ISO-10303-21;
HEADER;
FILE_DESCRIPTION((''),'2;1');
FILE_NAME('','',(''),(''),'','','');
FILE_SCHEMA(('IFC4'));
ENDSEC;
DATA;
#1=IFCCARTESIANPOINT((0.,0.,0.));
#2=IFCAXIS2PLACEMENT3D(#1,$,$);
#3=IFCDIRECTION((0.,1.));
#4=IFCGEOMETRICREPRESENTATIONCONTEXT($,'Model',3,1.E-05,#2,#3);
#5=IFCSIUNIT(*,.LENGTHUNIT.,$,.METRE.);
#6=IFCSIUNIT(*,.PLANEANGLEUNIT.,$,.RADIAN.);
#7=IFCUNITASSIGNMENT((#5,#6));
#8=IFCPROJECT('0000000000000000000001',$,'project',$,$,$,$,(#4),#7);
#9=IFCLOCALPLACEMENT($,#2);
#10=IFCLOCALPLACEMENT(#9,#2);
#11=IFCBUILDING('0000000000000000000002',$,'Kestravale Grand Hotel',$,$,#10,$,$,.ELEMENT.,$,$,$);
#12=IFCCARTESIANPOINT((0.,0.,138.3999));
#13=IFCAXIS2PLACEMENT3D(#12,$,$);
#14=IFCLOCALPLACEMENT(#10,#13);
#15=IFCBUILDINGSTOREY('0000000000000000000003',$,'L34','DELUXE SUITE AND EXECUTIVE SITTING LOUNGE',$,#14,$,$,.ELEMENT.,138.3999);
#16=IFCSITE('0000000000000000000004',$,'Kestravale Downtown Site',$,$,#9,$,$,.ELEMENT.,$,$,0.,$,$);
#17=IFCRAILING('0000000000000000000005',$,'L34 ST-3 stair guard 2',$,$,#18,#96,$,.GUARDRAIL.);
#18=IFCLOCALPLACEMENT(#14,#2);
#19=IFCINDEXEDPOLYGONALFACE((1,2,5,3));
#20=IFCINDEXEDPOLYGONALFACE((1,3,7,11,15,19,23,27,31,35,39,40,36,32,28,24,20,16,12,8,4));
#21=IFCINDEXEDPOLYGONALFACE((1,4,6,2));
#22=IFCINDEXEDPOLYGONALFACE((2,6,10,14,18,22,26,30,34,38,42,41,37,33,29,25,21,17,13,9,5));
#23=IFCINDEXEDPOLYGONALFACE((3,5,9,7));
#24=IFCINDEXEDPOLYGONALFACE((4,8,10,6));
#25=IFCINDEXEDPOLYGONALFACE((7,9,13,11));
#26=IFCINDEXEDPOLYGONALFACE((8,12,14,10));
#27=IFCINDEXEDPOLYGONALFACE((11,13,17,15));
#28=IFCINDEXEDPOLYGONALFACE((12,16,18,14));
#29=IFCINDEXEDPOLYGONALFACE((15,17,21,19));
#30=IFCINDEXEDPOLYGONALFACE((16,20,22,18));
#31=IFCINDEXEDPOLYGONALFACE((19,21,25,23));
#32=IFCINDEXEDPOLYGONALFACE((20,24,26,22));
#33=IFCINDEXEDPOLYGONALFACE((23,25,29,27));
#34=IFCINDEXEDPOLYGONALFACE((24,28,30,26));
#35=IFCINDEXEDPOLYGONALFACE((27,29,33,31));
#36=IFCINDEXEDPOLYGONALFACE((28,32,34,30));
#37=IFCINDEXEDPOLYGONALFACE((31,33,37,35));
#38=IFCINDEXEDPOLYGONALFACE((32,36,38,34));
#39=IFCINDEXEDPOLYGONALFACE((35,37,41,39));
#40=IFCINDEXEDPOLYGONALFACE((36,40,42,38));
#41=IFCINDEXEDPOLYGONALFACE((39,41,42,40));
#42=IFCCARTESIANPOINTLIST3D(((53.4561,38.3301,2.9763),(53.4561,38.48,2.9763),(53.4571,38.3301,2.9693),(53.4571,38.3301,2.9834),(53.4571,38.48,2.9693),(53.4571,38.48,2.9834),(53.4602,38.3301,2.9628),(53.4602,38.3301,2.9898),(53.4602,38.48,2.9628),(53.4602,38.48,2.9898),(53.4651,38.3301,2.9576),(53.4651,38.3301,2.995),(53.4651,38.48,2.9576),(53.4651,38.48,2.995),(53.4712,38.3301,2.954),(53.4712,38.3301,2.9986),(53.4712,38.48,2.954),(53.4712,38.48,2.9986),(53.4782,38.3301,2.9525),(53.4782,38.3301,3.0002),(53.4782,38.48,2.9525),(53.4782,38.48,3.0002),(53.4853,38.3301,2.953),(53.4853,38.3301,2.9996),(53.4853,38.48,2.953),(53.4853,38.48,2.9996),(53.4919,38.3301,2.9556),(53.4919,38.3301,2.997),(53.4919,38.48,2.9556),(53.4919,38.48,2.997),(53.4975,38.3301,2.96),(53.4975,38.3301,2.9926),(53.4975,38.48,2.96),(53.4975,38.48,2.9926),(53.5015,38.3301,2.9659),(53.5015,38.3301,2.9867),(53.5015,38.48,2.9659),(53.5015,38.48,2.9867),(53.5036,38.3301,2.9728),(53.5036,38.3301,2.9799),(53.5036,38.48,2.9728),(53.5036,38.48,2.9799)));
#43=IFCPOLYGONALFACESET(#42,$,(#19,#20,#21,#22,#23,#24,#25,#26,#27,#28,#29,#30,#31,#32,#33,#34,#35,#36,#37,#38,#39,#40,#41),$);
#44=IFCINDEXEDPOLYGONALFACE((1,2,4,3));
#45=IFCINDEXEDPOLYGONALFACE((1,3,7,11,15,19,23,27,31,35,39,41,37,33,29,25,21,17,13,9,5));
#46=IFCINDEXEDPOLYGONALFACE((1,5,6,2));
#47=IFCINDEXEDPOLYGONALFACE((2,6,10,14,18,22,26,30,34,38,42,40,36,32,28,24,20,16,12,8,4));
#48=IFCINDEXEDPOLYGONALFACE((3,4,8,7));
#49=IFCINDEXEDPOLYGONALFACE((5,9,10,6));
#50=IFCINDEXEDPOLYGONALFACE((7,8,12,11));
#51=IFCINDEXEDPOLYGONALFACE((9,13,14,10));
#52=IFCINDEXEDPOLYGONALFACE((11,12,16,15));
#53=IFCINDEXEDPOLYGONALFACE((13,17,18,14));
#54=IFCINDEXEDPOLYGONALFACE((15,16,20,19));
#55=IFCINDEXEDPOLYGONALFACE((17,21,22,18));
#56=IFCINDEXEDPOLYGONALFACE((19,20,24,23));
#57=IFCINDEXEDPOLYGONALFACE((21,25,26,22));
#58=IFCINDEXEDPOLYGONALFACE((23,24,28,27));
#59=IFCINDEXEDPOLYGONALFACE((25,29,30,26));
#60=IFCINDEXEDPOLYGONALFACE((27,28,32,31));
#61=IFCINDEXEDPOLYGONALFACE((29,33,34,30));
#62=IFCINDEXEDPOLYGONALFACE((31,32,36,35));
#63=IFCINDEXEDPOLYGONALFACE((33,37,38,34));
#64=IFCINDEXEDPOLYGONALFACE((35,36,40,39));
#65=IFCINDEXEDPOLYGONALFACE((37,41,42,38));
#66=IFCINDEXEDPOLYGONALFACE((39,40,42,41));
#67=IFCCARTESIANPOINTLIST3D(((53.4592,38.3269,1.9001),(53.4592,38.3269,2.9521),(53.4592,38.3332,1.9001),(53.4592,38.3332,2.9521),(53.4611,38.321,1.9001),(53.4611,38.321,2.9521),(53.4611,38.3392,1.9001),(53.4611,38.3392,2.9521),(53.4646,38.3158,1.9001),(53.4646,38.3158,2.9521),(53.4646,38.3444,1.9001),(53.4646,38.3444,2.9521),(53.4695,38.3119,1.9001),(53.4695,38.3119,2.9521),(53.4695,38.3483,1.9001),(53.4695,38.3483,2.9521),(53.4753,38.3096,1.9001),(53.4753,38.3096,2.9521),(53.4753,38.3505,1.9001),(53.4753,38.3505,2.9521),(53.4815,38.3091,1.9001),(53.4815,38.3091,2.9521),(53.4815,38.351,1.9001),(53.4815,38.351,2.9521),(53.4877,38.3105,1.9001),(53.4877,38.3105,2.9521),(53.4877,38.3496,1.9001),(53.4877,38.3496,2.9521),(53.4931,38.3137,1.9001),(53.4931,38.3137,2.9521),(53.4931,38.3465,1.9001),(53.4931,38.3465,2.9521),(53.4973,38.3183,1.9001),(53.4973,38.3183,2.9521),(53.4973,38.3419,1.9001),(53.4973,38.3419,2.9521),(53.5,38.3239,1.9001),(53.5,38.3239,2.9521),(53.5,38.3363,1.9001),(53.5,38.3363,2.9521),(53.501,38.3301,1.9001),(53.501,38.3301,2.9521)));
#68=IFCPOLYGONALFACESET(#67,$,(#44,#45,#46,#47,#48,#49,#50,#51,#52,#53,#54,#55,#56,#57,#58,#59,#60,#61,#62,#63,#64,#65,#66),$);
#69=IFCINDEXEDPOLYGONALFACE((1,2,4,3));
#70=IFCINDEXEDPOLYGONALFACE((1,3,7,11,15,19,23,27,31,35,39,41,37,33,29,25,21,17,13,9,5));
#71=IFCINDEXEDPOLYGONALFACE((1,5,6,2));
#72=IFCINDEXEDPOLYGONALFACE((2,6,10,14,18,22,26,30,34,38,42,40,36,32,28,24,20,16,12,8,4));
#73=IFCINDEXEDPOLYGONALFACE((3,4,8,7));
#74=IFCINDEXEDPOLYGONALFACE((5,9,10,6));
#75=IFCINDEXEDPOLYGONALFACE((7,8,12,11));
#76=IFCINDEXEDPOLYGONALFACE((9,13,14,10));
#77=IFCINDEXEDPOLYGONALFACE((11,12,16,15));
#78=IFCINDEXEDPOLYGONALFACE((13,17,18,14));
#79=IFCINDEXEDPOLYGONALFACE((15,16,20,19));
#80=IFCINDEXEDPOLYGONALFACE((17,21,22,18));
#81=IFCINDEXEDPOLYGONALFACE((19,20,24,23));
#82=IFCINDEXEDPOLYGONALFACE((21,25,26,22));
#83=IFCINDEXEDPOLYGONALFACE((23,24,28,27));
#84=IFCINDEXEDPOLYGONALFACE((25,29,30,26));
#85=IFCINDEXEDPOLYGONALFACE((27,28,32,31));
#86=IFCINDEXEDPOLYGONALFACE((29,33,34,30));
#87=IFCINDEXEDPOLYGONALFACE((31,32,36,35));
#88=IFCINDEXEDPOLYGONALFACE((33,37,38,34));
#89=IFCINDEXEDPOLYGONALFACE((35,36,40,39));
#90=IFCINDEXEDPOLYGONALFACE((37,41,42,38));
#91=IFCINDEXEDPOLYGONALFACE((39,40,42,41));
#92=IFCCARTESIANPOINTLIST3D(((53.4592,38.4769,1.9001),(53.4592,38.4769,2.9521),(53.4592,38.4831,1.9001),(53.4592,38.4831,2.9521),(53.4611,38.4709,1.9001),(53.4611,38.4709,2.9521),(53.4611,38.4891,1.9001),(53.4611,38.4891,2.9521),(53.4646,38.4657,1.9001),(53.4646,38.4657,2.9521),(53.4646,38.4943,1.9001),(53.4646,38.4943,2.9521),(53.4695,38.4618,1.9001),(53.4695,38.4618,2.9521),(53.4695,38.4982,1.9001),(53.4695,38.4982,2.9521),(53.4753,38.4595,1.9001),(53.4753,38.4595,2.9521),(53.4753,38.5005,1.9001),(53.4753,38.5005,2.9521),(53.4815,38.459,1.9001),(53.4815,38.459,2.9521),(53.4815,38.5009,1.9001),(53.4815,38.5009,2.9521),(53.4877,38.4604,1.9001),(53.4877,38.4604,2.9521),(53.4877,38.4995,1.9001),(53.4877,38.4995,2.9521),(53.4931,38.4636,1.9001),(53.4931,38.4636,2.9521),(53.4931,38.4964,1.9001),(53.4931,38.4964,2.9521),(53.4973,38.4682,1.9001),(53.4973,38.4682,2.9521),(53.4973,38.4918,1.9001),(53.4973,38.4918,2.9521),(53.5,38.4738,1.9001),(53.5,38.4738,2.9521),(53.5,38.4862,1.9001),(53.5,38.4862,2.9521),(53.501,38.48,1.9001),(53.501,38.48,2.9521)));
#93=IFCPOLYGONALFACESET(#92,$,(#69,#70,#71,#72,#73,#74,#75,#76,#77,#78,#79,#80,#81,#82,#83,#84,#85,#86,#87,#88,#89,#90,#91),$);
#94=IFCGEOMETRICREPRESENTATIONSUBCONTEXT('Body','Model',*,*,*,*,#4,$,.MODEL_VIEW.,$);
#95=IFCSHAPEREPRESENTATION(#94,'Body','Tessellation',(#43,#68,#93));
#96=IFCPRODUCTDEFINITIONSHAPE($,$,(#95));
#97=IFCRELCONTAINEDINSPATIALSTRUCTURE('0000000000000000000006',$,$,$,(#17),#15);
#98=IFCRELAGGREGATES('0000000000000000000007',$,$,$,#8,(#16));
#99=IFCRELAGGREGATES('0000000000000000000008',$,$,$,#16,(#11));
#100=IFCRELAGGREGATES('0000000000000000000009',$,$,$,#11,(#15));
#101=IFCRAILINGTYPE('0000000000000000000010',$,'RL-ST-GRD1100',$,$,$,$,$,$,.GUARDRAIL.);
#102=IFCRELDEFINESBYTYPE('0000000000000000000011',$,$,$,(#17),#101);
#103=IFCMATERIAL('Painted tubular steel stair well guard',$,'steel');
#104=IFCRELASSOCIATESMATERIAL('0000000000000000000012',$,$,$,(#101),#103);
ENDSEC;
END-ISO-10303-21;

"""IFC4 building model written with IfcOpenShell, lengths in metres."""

from ifc_helpers import new_model, si_unit, direction, frame, origin, origin_2d, place, context, subcontext, project, spatial, circle, extrude, material, type_object, element, save


model = new_model("IFC4")

# Units and contexts
model_context = context("Model", 3, precision=1e-05, world=origin(), true_north=direction((0.0, 1.0)))
body_context = subcontext(model_context, "Body", "Model", "MODEL_VIEW")
ifc_project = project(units=[si_unit("LENGTHUNIT", "METRE"), si_unit("PLANEANGLEUNIT", "RADIAN")], contexts=[model_context])

# Site, building, storey
site_placement = place(None, origin())
site = spatial("IfcSite", under=ifc_project, at=site_placement, Name="Kestravale Downtown Site", CompositionType="ELEMENT", RefElevation=0.0)
building_placement = place(site_placement, origin())
building = spatial("IfcBuilding", under=site, at=building_placement, Name="Kestravale Grand Hotel", CompositionType="ELEMENT")
storey_placement = place(building_placement, frame((0.0, 0.0, 138.3999)))
storey = spatial("IfcBuildingStorey", under=building, at=storey_placement, Name="L34", Description="DELUXE SUITE AND EXECUTIVE SITTING LOUNGE", CompositionType="ELEMENT", Elevation=138.3999)

# Railing
ifc_material_1 = material(Name="Painted tubular steel stair well guard", Category="steel")
railing_type_1 = type_object("IfcRailingType", Name="RL-ST-GRD1100", PredefinedType="GUARDRAIL", material=ifc_material_1)
railing_1_placement = place(storey_placement, frame((53.48, 38.3301, 1.9001)))
element("IfcRailing", 1, at=railing_1_placement, inside=storey, type_object=railing_type_1, Name="L34 ST-3 stair guard 2", PredefinedType="GUARDRAIL", context=body_context, shape_type="SweptSolid", body=[
    extrude(circle(Radius=0.0239, at=origin_2d()), frame((0.0, 0.0, 1.0762), z_axis=(0.0, 1.0, 0.0), x_axis=(-1.0, 0.0, 0.0)), (0.0, 0.0, 1.0), 0.1499),
    extrude(circle(Radius=0.021, at=origin_2d()), origin(), (0.0, 0.0, 1.0), 1.052),
    extrude(circle(Radius=0.021, at=origin_2d()), frame((0.0, 0.1499, 0.0)), (0.0, 0.0, 1.0), 1.052),
])

save(model, "model.ifc")
